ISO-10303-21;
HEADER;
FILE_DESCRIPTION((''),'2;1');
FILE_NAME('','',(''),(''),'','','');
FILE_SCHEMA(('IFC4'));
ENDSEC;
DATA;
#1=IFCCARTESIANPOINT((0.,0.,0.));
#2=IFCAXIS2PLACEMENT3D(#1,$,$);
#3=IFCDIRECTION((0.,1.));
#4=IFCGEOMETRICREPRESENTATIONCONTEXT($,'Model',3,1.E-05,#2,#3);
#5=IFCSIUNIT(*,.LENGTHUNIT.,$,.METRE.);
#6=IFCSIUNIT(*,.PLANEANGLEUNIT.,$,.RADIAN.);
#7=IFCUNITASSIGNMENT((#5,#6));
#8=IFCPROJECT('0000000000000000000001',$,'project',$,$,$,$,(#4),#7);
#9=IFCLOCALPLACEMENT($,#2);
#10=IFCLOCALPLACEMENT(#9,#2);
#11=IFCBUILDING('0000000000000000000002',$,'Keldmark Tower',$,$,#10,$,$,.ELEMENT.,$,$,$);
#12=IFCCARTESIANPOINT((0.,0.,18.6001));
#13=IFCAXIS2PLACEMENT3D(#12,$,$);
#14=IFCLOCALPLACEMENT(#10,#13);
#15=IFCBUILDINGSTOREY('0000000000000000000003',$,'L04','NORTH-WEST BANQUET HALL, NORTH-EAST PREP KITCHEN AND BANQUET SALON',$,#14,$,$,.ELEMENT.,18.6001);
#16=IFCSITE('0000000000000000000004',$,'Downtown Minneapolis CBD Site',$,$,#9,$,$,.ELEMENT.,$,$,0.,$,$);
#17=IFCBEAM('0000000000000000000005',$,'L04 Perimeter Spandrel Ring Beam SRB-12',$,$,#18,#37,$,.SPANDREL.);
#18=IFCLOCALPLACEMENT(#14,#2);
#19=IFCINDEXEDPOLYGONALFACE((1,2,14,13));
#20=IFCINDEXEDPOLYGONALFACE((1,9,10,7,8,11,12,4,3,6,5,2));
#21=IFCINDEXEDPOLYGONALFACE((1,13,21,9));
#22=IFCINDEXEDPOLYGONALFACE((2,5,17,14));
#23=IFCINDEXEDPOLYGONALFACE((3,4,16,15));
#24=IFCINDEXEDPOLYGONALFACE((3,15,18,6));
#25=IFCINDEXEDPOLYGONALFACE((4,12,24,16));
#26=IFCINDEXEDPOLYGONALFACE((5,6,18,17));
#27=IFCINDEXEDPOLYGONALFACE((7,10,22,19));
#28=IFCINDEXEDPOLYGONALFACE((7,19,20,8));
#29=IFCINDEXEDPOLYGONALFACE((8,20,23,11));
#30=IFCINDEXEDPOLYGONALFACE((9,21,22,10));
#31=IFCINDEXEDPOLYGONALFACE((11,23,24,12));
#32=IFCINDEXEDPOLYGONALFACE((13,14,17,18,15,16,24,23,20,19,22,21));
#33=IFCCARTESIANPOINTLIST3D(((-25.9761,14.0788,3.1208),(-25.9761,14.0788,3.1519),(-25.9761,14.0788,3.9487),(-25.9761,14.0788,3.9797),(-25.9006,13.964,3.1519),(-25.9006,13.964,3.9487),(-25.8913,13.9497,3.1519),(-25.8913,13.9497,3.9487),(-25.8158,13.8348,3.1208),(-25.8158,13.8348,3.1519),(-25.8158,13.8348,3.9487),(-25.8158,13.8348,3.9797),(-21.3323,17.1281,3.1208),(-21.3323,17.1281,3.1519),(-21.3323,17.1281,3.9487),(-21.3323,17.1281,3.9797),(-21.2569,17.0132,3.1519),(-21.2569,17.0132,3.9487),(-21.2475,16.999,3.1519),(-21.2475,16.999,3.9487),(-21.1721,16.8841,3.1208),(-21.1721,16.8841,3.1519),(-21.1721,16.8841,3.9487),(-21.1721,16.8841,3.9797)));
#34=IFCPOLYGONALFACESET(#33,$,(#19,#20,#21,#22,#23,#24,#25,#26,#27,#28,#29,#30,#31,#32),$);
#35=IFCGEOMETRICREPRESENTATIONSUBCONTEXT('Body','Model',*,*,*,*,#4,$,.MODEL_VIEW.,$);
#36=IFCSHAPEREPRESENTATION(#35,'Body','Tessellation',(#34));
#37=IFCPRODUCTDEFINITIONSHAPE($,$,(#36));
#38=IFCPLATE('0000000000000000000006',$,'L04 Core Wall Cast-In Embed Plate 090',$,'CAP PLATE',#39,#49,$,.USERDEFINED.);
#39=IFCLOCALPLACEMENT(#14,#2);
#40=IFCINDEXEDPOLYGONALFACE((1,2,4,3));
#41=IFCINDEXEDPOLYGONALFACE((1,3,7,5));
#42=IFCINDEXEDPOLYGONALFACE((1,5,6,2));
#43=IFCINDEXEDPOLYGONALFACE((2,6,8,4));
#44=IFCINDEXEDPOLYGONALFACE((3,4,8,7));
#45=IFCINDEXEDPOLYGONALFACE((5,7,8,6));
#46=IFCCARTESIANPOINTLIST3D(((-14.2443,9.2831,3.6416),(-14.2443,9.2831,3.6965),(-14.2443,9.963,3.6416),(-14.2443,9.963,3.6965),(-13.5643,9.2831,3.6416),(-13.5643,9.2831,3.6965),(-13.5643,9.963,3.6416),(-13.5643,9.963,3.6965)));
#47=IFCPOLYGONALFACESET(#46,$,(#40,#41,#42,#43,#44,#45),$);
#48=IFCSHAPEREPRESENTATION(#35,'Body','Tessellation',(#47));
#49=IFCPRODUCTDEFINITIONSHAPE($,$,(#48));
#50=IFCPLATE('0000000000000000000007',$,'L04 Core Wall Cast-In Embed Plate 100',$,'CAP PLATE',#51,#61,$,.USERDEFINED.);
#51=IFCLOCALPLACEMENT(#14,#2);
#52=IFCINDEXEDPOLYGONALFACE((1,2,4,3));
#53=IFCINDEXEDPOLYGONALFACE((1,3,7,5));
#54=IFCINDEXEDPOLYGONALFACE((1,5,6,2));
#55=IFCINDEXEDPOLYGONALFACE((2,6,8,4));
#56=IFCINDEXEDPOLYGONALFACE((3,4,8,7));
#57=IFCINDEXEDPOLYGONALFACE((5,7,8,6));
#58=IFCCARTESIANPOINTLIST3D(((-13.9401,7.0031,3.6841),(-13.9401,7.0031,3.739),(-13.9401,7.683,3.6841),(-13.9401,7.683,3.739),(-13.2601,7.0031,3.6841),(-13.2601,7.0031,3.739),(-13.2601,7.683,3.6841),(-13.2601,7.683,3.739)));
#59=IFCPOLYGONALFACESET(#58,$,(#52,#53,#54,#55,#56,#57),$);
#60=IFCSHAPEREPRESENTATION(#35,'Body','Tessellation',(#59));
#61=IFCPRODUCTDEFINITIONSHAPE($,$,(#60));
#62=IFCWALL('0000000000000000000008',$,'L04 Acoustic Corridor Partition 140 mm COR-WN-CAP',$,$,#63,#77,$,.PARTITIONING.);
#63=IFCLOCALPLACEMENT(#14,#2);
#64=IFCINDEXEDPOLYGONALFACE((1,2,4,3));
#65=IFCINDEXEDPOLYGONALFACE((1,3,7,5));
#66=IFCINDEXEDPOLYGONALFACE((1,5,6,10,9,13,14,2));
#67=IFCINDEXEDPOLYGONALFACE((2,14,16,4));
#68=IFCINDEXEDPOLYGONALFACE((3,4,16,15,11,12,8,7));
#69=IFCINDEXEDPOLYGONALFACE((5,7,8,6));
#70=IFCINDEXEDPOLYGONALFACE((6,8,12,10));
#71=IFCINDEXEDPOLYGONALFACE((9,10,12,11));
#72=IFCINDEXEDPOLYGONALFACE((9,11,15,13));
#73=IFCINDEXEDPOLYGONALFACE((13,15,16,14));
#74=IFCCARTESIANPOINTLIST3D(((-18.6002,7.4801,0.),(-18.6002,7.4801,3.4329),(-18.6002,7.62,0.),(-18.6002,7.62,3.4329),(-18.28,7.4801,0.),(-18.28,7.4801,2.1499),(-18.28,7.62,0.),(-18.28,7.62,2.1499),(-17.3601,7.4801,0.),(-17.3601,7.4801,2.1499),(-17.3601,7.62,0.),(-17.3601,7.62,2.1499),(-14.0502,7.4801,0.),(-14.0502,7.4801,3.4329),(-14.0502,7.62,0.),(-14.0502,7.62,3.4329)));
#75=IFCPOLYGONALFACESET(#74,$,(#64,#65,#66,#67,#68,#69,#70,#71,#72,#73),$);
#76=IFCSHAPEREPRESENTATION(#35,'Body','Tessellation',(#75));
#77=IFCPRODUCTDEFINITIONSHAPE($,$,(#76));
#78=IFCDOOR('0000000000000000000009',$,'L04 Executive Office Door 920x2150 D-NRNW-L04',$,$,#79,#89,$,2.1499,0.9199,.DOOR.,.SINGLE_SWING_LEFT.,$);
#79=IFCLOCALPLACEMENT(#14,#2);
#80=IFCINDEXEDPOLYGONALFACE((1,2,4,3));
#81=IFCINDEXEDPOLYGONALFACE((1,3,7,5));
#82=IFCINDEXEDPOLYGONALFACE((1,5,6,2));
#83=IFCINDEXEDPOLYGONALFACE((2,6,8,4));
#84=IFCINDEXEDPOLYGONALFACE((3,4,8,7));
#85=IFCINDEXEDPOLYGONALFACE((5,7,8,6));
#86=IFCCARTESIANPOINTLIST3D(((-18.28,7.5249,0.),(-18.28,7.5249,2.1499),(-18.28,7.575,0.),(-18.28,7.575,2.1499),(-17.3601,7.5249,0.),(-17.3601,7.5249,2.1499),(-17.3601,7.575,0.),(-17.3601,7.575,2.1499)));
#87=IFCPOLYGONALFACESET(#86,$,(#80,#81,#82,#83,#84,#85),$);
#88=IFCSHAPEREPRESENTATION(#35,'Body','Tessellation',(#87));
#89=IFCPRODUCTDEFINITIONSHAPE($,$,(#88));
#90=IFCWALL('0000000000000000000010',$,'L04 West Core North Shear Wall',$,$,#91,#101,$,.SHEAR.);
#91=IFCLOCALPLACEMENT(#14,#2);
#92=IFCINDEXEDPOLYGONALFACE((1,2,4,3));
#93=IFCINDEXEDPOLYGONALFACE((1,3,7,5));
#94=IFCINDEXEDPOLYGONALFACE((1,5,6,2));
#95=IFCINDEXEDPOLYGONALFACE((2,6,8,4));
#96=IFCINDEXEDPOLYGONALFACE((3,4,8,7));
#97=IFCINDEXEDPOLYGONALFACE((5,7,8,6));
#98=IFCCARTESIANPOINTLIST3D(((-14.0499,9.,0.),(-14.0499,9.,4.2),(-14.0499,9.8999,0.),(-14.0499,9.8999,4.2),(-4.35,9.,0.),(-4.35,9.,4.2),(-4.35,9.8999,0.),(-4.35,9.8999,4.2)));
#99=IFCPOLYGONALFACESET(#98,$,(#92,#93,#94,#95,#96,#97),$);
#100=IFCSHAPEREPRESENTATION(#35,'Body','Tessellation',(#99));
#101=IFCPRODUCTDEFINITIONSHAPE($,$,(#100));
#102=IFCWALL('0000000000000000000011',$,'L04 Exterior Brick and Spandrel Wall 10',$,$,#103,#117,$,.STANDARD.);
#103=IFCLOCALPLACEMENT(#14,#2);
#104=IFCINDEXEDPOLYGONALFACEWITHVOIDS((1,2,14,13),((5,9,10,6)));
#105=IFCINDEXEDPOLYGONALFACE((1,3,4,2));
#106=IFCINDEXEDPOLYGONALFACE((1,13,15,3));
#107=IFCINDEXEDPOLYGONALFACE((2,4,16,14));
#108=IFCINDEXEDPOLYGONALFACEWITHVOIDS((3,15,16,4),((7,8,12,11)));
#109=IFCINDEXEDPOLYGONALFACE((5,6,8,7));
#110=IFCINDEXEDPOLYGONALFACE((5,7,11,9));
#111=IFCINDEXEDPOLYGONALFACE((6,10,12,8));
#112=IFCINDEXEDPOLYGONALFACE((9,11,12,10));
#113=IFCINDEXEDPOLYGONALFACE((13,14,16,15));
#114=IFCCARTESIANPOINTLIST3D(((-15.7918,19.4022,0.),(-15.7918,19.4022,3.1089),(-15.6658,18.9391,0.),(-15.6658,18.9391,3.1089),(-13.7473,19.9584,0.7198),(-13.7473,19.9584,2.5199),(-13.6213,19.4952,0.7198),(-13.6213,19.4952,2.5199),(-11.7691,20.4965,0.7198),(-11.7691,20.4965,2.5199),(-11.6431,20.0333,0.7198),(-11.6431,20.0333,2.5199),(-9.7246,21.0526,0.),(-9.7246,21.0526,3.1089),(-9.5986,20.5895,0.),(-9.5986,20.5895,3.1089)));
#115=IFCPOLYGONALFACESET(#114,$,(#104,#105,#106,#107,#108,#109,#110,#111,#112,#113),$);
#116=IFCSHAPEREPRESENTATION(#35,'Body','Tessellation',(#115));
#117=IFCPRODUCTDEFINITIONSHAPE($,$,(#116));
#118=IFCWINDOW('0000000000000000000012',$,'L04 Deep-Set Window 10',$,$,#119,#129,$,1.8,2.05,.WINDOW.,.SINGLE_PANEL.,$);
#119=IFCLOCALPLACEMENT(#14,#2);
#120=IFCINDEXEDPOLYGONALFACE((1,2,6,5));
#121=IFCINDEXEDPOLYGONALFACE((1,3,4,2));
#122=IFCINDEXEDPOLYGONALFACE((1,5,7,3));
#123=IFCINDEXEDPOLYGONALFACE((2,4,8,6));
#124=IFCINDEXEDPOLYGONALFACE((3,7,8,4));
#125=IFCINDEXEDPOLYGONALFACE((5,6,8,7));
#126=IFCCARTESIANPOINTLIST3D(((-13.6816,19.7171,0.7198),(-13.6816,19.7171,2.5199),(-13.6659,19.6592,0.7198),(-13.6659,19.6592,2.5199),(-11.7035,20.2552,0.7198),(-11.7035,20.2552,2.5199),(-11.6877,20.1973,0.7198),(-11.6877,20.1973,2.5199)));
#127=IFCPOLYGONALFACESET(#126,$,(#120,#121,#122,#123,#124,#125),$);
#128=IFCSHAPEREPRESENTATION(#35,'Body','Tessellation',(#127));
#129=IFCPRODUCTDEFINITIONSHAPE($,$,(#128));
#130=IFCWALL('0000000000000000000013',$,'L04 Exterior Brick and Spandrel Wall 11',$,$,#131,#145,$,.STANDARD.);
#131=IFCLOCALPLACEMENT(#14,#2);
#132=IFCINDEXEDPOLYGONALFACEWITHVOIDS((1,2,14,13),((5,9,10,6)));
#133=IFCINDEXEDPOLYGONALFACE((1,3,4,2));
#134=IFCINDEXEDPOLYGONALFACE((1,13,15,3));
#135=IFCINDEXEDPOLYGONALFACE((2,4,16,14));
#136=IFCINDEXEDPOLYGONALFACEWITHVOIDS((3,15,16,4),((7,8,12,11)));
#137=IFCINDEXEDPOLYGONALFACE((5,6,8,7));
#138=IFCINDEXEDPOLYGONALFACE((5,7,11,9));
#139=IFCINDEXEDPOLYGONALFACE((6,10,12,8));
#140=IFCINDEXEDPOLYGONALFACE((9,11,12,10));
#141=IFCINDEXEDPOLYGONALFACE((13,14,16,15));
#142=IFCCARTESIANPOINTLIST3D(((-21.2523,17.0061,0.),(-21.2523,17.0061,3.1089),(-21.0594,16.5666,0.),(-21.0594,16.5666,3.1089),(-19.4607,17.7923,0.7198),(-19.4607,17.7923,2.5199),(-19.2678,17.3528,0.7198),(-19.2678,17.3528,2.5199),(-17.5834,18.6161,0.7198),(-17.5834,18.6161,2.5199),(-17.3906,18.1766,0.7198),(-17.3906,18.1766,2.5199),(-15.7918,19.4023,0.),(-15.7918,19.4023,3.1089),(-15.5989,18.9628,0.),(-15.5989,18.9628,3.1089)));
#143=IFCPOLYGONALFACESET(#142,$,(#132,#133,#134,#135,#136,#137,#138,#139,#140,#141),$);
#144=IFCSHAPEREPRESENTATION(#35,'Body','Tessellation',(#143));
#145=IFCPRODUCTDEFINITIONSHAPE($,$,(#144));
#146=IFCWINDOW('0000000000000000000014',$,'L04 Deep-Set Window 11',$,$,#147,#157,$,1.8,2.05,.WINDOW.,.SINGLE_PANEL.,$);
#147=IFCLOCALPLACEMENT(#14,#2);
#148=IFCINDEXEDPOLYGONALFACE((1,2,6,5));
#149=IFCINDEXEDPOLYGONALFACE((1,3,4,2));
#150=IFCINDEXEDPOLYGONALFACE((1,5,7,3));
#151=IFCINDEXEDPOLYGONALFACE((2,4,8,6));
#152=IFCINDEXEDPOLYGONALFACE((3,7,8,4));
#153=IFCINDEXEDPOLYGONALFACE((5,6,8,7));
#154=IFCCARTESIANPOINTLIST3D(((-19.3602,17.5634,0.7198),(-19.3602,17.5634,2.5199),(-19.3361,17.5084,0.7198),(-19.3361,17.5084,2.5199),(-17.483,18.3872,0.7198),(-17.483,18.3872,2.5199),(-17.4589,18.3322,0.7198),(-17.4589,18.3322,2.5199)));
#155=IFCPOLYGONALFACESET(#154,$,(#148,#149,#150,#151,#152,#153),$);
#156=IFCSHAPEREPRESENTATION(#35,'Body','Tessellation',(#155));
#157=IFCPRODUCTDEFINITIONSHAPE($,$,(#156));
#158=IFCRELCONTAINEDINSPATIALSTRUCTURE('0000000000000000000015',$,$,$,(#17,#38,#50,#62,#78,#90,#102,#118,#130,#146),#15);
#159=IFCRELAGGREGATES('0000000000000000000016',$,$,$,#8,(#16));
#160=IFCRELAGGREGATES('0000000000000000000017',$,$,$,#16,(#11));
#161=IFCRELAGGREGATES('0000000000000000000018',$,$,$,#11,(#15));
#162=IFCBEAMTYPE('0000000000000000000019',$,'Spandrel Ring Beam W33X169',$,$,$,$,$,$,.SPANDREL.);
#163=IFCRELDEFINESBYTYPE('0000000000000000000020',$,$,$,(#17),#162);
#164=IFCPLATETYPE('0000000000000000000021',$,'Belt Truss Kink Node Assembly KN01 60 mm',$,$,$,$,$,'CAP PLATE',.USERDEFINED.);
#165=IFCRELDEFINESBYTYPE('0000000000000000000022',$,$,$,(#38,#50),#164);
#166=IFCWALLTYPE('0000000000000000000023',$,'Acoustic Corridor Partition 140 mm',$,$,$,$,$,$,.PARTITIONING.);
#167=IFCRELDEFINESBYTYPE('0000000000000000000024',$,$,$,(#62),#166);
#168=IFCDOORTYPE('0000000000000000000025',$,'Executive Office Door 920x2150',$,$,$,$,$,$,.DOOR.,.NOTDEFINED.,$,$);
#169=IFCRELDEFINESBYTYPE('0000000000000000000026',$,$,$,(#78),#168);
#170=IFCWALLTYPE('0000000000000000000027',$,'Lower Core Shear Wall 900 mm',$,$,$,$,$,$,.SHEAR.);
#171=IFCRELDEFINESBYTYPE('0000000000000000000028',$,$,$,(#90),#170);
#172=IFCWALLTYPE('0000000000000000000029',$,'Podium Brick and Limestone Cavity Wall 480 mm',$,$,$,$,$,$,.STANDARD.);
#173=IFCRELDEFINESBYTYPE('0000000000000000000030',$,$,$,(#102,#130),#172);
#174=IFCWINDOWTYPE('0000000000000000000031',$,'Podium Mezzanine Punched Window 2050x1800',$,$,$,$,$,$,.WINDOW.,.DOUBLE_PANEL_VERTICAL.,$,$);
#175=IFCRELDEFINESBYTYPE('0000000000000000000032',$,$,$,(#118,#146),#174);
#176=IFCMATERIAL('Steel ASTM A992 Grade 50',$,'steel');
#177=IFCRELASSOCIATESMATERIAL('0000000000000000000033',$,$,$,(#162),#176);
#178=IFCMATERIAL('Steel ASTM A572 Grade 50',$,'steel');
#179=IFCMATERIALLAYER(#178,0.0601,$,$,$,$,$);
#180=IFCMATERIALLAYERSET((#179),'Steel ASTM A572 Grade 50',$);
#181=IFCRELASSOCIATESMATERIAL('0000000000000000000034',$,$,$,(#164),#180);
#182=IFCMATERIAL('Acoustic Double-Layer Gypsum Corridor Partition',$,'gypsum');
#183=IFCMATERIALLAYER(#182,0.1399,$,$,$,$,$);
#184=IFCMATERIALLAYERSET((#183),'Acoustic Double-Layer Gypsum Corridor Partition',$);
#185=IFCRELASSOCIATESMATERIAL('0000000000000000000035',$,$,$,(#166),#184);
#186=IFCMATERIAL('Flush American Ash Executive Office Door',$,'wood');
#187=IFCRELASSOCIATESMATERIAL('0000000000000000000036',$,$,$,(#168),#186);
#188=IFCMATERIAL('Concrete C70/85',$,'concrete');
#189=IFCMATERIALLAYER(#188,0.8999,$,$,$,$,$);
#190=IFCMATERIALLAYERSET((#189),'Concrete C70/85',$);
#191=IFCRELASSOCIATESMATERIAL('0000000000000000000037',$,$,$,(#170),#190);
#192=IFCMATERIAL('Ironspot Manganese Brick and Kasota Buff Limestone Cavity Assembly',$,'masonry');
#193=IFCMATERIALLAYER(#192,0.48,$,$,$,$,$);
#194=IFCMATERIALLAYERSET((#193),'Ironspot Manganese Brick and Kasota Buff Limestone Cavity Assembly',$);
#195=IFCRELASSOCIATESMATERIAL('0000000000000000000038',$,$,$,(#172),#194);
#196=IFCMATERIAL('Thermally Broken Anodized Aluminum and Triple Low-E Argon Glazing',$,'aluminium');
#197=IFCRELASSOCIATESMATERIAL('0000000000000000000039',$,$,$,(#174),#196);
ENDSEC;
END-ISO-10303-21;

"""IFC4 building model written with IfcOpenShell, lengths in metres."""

from ifc_helpers import new_model, si_unit, direction, frame, frame_2d, origin, origin_2d, place, context, subcontext, project, spatial, rectangle, i_section, extrude, material, layer, layer_set, material_profile, profile_set, type_object, element, fill, save


model = new_model("IFC4")

# Units and contexts
model_context = context("Model", 3, precision=1e-05, world=origin(), true_north=direction((0.0, 1.0)))
body_context = subcontext(model_context, "Body", "Model", "MODEL_VIEW")
ifc_project = project(units=[si_unit("LENGTHUNIT", "METRE"), si_unit("PLANEANGLEUNIT", "RADIAN")], contexts=[model_context])

# Site, building, storey
site_placement = place(None, origin())
site = spatial("IfcSite", under=ifc_project, at=site_placement, Name="Downtown Minneapolis CBD Site", CompositionType="ELEMENT", RefElevation=0.0)
building_placement = place(site_placement, origin())
building = spatial("IfcBuilding", under=site, at=building_placement, Name="Keldmark Tower", CompositionType="ELEMENT")
storey_placement = place(building_placement, frame((0.0, 0.0, 18.6001)))
storey = spatial("IfcBuildingStorey", under=building, at=storey_placement, Name="L04", Description="NORTH-WEST BANQUET HALL, NORTH-EAST PREP KITCHEN AND BANQUET SALON", CompositionType="ELEMENT", Elevation=18.6001)

# Beam
ifc_material_1 = material(Name="Steel ASTM A992 Grade 50", Category="steel")
ifc_material_profile_1 = material_profile(ifc_material_1, i_section(OverallWidth=0.292, OverallDepth=0.8589, WebThickness=0.0171, FlangeThickness=0.031, at=origin_2d()), Name="W33X169")
ifc_profile_set_1 = profile_set([ifc_material_profile_1], Name="Steel ASTM A992 Grade 50")
beam_type_1 = type_object("IfcBeamType", Name="Spandrel Ring Beam W33X169", PredefinedType="SPANDREL", material=ifc_profile_set_1)
beam_1_placement = place(storey_placement, frame((-21.2522, 17.0061, 3.5503), z_axis=(-0.835897, -0.548886, 0.0), x_axis=(0.548886, -0.835897, 0.0)))
element("IfcBeam", 1, at=beam_1_placement, inside=storey, type_object=beam_type_1, Name="L04 Perimeter Spandrel Ring Beam SRB-12", PredefinedType="SPANDREL", context=body_context, shape_type="SweptSolid", body=[
    extrude(i_section(OverallWidth=0.292, OverallDepth=0.8589, WebThickness=0.0171, FlangeThickness=0.031, at=origin_2d()), origin(), (0.0, 0.0, 1.0), 5.5554),
])

# Plates
ifc_material_2 = material(Name="Steel ASTM A572 Grade 50", Category="steel")
ifc_layer_1 = layer(ifc_material_2, 0.0601)
ifc_layer_set_1 = layer_set([ifc_layer_1], Name="Steel ASTM A572 Grade 50")
plate_type = type_object("IfcPlateType", Name="Belt Truss Kink Node Assembly KN01 60 mm", ElementType="CAP PLATE", PredefinedType="USERDEFINED", material=ifc_layer_set_1)
for number, where, z_axis, x_axis, name in (
    (2, (-13.9043, 9.623, 3.6416), (0.0, 0.0, 1.0), (1.0, 0.0, 0.0), "L04 Core Wall Cast-In Embed Plate 090"),
    (3, (-13.6001, 7.343, 3.6841), (0.0, 0.0, 1.0), (1.0, 0.0, 0.0), "L04 Core Wall Cast-In Embed Plate 100"),
):
    element("IfcPlate", number, at=place(storey_placement, frame(where, z_axis=z_axis, x_axis=x_axis)), inside=storey, type_object=plate_type, Name=name, ObjectType="CAP PLATE", PredefinedType="USERDEFINED", context=body_context, shape_type="SweptSolid", body=[
        extrude(rectangle(XDim=0.6799, YDim=0.6799, at=origin_2d()), origin(), (0.0, 0.0, 1.0), 0.0549),
    ])

# Wall, opening, door
ifc_material_3 = material(Name="Acoustic Double-Layer Gypsum Corridor Partition", Category="gypsum")
ifc_layer_2 = layer(ifc_material_3, 0.1399)
ifc_layer_set_2 = layer_set([ifc_layer_2], Name="Acoustic Double-Layer Gypsum Corridor Partition")
wall_type_1 = type_object("IfcWallType", Name="Acoustic Corridor Partition 140 mm", PredefinedType="PARTITIONING", material=ifc_layer_set_2)
wall_1_placement = place(storey_placement, frame((-18.6001, 7.55, 0.0), z_axis=(0.0, 0.0, 1.0), x_axis=(1.0, 0.0, 0.0)))
wall_1 = element("IfcWall", 4, at=wall_1_placement, inside=storey, type_object=wall_type_1, Name="L04 Acoustic Corridor Partition 140 mm COR-WN-CAP", PredefinedType="PARTITIONING", context=body_context, shape_type="SweptSolid", body=[
    extrude(rectangle(XDim=4.55, YDim=0.1399, at=frame_2d((2.2749, 0.0))), origin(), (0.0, 0.0, 1.0), 3.4329),
])
opening_1_placement = place(wall_1_placement, frame((0.3201, 0.0, 0.0)))
opening_1 = element("IfcOpeningElement", 5, at=opening_1_placement, cuts=wall_1, PredefinedType="OPENING", context=body_context, shape_type="SweptSolid", body=[
    extrude(rectangle(XDim=0.9199, YDim=2.1499, at=frame_2d((0.46, 1.075))), frame((0.0, 0.0798, 0.0), z_axis=(0.0, -1.0, 0.0), x_axis=(1.0, 0.0, 0.0)), (0.0, 0.0, 1.0), 0.1599),
])
ifc_material_4 = material(Name="Flush American Ash Executive Office Door", Category="wood")
door_type = type_object("IfcDoorType", Name="Executive Office Door 920x2150", OperationType="NOTDEFINED", PredefinedType="DOOR", material=ifc_material_4)
door_placement = place(opening_1_placement, origin())
door = element("IfcDoor", 6, at=door_placement, inside=storey, type_object=door_type, Name="L04 Executive Office Door 920x2150 D-NRNW-L04", OperationType="SINGLE_SWING_LEFT", OverallHeight=2.1499, OverallWidth=0.9199, PredefinedType="DOOR", context=body_context, shape_type="SweptSolid", body=[
    extrude(rectangle(XDim=0.9199, YDim=2.1499, at=frame_2d((0.46, 1.075))), frame((0.0, 0.0249, 0.0), z_axis=(0.0, -1.0, 0.0), x_axis=(1.0, 0.0, 0.0)), (0.0, 0.0, 1.0), 0.05),
])
fill(opening_1, door)

# Wall
ifc_material_5 = material(Name="Concrete C70/85", Category="concrete")
ifc_layer_3 = layer(ifc_material_5, 0.8999)
ifc_layer_set_3 = layer_set([ifc_layer_3], Name="Concrete C70/85")
wall_type_2 = type_object("IfcWallType", Name="Lower Core Shear Wall 900 mm", PredefinedType="SHEAR", material=ifc_layer_set_3)
wall_2_placement = place(storey_placement, frame((-14.05, 9.45, 0.0), z_axis=(0.0, 0.0, 1.0), x_axis=(1.0, 0.0, 0.0)))
element("IfcWall", 7, at=wall_2_placement, inside=storey, type_object=wall_type_2, Name="L04 West Core North Shear Wall", PredefinedType="SHEAR", context=body_context, shape_type="SweptSolid", body=[
    extrude(rectangle(XDim=9.7, YDim=0.8999, at=frame_2d((4.8501, 0.0))), origin(), (0.0, 0.0, 1.0), 4.2),
])

# Walls, openings, windows
ifc_material_6 = material(Name="Ironspot Manganese Brick and Kasota Buff Limestone Cavity Assembly", Category="masonry")
ifc_layer_4 = layer(ifc_material_6, 0.48)
ifc_layer_set_4 = layer_set([ifc_layer_4], Name="Ironspot Manganese Brick and Kasota Buff Limestone Cavity Assembly")
wall_type_3 = type_object("IfcWallType", Name="Podium Brick and Limestone Cavity Wall 480 mm", PredefinedType="STANDARD", material=ifc_layer_set_4)
wall_3_placement = place(storey_placement, frame((-15.7288, 19.1707, 0.0), z_axis=(0.0, 0.0, 1.0), x_axis=(0.964937, 0.262483, 0.0)))
wall_3 = element("IfcWall", 8, at=wall_3_placement, inside=storey, type_object=wall_type_3, Name="L04 Exterior Brick and Spandrel Wall 10", PredefinedType="STANDARD", context=body_context, shape_type="SweptSolid", body=[
    extrude(rectangle(XDim=6.2876, YDim=0.48, at=frame_2d((3.1438, 0.0))), origin(), (0.0, 0.0, 1.0), 3.1089),
])
opening_2_placement = place(wall_3_placement, frame((2.1189, 0.0, 0.72)))
opening_2 = element("IfcOpeningElement", 9, at=opening_2_placement, cuts=wall_3, PredefinedType="OPENING", context=body_context, shape_type="SweptSolid", body=[
    extrude(rectangle(XDim=2.05, YDim=1.8, at=frame_2d((1.0249, 0.8999))), frame((0.0, 0.25, 0.0), z_axis=(0.0, -1.0, 0.0), x_axis=(1.0, 0.0, 0.0)), (0.0, 0.0, 1.0), 0.5),
])
ifc_material_7 = material(Name="Thermally Broken Anodized Aluminum and Triple Low-E Argon Glazing", Category="aluminium")
window_type = type_object("IfcWindowType", Name="Podium Mezzanine Punched Window 2050x1800", PartitioningType="DOUBLE_PANEL_VERTICAL", PredefinedType="WINDOW", material=ifc_material_7)
window_1_placement = place(opening_2_placement, origin())
window_1 = element("IfcWindow", 10, at=window_1_placement, inside=storey, type_object=window_type, Name="L04 Deep-Set Window 10", OverallHeight=1.8, OverallWidth=2.05, PartitioningType="SINGLE_PANEL", PredefinedType="WINDOW", context=body_context, shape_type="SweptSolid", body=[
    extrude(rectangle(XDim=2.05, YDim=1.8, at=frame_2d((1.0249, 0.8999))), frame((0.0, -0.01, 0.0), z_axis=(0.0, -1.0, 0.0), x_axis=(1.0, 0.0, 0.0)), (0.0, 0.0, 1.0), 0.0601),
])
fill(opening_2, window_1)
wall_4_placement = place(storey_placement, frame((-21.1558, 16.7864, 0.0), z_axis=(0.0, 0.0, 1.0), x_axis=(0.915708, 0.401845, 0.0)))
wall_4 = element("IfcWall", 11, at=wall_4_placement, inside=storey, type_object=wall_type_3, Name="L04 Exterior Brick and Spandrel Wall 11", PredefinedType="STANDARD", context=body_context, shape_type="SweptSolid", body=[
    extrude(rectangle(XDim=5.9631, YDim=0.48, at=frame_2d((2.9814, 0.0))), origin(), (0.0, 0.0, 1.0), 3.1089),
])
opening_3_placement = place(wall_4_placement, frame((1.9565, 0.0, 0.72)))
opening_3 = element("IfcOpeningElement", 12, at=opening_3_placement, cuts=wall_4, PredefinedType="OPENING", context=body_context, shape_type="SweptSolid", body=[
    extrude(rectangle(XDim=2.05, YDim=1.8, at=frame_2d((1.0249, 0.8999))), frame((0.0, 0.25, 0.0), z_axis=(0.0, -1.0, 0.0), x_axis=(1.0, 0.0, 0.0)), (0.0, 0.0, 1.0), 0.5),
])
window_2_placement = place(opening_3_placement, origin())
window_2 = element("IfcWindow", 13, at=window_2_placement, inside=storey, type_object=window_type, Name="L04 Deep-Set Window 11", OverallHeight=1.8, OverallWidth=2.05, PartitioningType="SINGLE_PANEL", PredefinedType="WINDOW", context=body_context, shape_type="SweptSolid", body=[
    extrude(rectangle(XDim=2.05, YDim=1.8, at=frame_2d((1.0249, 0.8999))), frame((0.0, -0.01, 0.0), z_axis=(0.0, -1.0, 0.0), x_axis=(1.0, 0.0, 0.0)), (0.0, 0.0, 1.0), 0.0601),
])
fill(opening_3, window_2)

save(model, "model.ifc")
